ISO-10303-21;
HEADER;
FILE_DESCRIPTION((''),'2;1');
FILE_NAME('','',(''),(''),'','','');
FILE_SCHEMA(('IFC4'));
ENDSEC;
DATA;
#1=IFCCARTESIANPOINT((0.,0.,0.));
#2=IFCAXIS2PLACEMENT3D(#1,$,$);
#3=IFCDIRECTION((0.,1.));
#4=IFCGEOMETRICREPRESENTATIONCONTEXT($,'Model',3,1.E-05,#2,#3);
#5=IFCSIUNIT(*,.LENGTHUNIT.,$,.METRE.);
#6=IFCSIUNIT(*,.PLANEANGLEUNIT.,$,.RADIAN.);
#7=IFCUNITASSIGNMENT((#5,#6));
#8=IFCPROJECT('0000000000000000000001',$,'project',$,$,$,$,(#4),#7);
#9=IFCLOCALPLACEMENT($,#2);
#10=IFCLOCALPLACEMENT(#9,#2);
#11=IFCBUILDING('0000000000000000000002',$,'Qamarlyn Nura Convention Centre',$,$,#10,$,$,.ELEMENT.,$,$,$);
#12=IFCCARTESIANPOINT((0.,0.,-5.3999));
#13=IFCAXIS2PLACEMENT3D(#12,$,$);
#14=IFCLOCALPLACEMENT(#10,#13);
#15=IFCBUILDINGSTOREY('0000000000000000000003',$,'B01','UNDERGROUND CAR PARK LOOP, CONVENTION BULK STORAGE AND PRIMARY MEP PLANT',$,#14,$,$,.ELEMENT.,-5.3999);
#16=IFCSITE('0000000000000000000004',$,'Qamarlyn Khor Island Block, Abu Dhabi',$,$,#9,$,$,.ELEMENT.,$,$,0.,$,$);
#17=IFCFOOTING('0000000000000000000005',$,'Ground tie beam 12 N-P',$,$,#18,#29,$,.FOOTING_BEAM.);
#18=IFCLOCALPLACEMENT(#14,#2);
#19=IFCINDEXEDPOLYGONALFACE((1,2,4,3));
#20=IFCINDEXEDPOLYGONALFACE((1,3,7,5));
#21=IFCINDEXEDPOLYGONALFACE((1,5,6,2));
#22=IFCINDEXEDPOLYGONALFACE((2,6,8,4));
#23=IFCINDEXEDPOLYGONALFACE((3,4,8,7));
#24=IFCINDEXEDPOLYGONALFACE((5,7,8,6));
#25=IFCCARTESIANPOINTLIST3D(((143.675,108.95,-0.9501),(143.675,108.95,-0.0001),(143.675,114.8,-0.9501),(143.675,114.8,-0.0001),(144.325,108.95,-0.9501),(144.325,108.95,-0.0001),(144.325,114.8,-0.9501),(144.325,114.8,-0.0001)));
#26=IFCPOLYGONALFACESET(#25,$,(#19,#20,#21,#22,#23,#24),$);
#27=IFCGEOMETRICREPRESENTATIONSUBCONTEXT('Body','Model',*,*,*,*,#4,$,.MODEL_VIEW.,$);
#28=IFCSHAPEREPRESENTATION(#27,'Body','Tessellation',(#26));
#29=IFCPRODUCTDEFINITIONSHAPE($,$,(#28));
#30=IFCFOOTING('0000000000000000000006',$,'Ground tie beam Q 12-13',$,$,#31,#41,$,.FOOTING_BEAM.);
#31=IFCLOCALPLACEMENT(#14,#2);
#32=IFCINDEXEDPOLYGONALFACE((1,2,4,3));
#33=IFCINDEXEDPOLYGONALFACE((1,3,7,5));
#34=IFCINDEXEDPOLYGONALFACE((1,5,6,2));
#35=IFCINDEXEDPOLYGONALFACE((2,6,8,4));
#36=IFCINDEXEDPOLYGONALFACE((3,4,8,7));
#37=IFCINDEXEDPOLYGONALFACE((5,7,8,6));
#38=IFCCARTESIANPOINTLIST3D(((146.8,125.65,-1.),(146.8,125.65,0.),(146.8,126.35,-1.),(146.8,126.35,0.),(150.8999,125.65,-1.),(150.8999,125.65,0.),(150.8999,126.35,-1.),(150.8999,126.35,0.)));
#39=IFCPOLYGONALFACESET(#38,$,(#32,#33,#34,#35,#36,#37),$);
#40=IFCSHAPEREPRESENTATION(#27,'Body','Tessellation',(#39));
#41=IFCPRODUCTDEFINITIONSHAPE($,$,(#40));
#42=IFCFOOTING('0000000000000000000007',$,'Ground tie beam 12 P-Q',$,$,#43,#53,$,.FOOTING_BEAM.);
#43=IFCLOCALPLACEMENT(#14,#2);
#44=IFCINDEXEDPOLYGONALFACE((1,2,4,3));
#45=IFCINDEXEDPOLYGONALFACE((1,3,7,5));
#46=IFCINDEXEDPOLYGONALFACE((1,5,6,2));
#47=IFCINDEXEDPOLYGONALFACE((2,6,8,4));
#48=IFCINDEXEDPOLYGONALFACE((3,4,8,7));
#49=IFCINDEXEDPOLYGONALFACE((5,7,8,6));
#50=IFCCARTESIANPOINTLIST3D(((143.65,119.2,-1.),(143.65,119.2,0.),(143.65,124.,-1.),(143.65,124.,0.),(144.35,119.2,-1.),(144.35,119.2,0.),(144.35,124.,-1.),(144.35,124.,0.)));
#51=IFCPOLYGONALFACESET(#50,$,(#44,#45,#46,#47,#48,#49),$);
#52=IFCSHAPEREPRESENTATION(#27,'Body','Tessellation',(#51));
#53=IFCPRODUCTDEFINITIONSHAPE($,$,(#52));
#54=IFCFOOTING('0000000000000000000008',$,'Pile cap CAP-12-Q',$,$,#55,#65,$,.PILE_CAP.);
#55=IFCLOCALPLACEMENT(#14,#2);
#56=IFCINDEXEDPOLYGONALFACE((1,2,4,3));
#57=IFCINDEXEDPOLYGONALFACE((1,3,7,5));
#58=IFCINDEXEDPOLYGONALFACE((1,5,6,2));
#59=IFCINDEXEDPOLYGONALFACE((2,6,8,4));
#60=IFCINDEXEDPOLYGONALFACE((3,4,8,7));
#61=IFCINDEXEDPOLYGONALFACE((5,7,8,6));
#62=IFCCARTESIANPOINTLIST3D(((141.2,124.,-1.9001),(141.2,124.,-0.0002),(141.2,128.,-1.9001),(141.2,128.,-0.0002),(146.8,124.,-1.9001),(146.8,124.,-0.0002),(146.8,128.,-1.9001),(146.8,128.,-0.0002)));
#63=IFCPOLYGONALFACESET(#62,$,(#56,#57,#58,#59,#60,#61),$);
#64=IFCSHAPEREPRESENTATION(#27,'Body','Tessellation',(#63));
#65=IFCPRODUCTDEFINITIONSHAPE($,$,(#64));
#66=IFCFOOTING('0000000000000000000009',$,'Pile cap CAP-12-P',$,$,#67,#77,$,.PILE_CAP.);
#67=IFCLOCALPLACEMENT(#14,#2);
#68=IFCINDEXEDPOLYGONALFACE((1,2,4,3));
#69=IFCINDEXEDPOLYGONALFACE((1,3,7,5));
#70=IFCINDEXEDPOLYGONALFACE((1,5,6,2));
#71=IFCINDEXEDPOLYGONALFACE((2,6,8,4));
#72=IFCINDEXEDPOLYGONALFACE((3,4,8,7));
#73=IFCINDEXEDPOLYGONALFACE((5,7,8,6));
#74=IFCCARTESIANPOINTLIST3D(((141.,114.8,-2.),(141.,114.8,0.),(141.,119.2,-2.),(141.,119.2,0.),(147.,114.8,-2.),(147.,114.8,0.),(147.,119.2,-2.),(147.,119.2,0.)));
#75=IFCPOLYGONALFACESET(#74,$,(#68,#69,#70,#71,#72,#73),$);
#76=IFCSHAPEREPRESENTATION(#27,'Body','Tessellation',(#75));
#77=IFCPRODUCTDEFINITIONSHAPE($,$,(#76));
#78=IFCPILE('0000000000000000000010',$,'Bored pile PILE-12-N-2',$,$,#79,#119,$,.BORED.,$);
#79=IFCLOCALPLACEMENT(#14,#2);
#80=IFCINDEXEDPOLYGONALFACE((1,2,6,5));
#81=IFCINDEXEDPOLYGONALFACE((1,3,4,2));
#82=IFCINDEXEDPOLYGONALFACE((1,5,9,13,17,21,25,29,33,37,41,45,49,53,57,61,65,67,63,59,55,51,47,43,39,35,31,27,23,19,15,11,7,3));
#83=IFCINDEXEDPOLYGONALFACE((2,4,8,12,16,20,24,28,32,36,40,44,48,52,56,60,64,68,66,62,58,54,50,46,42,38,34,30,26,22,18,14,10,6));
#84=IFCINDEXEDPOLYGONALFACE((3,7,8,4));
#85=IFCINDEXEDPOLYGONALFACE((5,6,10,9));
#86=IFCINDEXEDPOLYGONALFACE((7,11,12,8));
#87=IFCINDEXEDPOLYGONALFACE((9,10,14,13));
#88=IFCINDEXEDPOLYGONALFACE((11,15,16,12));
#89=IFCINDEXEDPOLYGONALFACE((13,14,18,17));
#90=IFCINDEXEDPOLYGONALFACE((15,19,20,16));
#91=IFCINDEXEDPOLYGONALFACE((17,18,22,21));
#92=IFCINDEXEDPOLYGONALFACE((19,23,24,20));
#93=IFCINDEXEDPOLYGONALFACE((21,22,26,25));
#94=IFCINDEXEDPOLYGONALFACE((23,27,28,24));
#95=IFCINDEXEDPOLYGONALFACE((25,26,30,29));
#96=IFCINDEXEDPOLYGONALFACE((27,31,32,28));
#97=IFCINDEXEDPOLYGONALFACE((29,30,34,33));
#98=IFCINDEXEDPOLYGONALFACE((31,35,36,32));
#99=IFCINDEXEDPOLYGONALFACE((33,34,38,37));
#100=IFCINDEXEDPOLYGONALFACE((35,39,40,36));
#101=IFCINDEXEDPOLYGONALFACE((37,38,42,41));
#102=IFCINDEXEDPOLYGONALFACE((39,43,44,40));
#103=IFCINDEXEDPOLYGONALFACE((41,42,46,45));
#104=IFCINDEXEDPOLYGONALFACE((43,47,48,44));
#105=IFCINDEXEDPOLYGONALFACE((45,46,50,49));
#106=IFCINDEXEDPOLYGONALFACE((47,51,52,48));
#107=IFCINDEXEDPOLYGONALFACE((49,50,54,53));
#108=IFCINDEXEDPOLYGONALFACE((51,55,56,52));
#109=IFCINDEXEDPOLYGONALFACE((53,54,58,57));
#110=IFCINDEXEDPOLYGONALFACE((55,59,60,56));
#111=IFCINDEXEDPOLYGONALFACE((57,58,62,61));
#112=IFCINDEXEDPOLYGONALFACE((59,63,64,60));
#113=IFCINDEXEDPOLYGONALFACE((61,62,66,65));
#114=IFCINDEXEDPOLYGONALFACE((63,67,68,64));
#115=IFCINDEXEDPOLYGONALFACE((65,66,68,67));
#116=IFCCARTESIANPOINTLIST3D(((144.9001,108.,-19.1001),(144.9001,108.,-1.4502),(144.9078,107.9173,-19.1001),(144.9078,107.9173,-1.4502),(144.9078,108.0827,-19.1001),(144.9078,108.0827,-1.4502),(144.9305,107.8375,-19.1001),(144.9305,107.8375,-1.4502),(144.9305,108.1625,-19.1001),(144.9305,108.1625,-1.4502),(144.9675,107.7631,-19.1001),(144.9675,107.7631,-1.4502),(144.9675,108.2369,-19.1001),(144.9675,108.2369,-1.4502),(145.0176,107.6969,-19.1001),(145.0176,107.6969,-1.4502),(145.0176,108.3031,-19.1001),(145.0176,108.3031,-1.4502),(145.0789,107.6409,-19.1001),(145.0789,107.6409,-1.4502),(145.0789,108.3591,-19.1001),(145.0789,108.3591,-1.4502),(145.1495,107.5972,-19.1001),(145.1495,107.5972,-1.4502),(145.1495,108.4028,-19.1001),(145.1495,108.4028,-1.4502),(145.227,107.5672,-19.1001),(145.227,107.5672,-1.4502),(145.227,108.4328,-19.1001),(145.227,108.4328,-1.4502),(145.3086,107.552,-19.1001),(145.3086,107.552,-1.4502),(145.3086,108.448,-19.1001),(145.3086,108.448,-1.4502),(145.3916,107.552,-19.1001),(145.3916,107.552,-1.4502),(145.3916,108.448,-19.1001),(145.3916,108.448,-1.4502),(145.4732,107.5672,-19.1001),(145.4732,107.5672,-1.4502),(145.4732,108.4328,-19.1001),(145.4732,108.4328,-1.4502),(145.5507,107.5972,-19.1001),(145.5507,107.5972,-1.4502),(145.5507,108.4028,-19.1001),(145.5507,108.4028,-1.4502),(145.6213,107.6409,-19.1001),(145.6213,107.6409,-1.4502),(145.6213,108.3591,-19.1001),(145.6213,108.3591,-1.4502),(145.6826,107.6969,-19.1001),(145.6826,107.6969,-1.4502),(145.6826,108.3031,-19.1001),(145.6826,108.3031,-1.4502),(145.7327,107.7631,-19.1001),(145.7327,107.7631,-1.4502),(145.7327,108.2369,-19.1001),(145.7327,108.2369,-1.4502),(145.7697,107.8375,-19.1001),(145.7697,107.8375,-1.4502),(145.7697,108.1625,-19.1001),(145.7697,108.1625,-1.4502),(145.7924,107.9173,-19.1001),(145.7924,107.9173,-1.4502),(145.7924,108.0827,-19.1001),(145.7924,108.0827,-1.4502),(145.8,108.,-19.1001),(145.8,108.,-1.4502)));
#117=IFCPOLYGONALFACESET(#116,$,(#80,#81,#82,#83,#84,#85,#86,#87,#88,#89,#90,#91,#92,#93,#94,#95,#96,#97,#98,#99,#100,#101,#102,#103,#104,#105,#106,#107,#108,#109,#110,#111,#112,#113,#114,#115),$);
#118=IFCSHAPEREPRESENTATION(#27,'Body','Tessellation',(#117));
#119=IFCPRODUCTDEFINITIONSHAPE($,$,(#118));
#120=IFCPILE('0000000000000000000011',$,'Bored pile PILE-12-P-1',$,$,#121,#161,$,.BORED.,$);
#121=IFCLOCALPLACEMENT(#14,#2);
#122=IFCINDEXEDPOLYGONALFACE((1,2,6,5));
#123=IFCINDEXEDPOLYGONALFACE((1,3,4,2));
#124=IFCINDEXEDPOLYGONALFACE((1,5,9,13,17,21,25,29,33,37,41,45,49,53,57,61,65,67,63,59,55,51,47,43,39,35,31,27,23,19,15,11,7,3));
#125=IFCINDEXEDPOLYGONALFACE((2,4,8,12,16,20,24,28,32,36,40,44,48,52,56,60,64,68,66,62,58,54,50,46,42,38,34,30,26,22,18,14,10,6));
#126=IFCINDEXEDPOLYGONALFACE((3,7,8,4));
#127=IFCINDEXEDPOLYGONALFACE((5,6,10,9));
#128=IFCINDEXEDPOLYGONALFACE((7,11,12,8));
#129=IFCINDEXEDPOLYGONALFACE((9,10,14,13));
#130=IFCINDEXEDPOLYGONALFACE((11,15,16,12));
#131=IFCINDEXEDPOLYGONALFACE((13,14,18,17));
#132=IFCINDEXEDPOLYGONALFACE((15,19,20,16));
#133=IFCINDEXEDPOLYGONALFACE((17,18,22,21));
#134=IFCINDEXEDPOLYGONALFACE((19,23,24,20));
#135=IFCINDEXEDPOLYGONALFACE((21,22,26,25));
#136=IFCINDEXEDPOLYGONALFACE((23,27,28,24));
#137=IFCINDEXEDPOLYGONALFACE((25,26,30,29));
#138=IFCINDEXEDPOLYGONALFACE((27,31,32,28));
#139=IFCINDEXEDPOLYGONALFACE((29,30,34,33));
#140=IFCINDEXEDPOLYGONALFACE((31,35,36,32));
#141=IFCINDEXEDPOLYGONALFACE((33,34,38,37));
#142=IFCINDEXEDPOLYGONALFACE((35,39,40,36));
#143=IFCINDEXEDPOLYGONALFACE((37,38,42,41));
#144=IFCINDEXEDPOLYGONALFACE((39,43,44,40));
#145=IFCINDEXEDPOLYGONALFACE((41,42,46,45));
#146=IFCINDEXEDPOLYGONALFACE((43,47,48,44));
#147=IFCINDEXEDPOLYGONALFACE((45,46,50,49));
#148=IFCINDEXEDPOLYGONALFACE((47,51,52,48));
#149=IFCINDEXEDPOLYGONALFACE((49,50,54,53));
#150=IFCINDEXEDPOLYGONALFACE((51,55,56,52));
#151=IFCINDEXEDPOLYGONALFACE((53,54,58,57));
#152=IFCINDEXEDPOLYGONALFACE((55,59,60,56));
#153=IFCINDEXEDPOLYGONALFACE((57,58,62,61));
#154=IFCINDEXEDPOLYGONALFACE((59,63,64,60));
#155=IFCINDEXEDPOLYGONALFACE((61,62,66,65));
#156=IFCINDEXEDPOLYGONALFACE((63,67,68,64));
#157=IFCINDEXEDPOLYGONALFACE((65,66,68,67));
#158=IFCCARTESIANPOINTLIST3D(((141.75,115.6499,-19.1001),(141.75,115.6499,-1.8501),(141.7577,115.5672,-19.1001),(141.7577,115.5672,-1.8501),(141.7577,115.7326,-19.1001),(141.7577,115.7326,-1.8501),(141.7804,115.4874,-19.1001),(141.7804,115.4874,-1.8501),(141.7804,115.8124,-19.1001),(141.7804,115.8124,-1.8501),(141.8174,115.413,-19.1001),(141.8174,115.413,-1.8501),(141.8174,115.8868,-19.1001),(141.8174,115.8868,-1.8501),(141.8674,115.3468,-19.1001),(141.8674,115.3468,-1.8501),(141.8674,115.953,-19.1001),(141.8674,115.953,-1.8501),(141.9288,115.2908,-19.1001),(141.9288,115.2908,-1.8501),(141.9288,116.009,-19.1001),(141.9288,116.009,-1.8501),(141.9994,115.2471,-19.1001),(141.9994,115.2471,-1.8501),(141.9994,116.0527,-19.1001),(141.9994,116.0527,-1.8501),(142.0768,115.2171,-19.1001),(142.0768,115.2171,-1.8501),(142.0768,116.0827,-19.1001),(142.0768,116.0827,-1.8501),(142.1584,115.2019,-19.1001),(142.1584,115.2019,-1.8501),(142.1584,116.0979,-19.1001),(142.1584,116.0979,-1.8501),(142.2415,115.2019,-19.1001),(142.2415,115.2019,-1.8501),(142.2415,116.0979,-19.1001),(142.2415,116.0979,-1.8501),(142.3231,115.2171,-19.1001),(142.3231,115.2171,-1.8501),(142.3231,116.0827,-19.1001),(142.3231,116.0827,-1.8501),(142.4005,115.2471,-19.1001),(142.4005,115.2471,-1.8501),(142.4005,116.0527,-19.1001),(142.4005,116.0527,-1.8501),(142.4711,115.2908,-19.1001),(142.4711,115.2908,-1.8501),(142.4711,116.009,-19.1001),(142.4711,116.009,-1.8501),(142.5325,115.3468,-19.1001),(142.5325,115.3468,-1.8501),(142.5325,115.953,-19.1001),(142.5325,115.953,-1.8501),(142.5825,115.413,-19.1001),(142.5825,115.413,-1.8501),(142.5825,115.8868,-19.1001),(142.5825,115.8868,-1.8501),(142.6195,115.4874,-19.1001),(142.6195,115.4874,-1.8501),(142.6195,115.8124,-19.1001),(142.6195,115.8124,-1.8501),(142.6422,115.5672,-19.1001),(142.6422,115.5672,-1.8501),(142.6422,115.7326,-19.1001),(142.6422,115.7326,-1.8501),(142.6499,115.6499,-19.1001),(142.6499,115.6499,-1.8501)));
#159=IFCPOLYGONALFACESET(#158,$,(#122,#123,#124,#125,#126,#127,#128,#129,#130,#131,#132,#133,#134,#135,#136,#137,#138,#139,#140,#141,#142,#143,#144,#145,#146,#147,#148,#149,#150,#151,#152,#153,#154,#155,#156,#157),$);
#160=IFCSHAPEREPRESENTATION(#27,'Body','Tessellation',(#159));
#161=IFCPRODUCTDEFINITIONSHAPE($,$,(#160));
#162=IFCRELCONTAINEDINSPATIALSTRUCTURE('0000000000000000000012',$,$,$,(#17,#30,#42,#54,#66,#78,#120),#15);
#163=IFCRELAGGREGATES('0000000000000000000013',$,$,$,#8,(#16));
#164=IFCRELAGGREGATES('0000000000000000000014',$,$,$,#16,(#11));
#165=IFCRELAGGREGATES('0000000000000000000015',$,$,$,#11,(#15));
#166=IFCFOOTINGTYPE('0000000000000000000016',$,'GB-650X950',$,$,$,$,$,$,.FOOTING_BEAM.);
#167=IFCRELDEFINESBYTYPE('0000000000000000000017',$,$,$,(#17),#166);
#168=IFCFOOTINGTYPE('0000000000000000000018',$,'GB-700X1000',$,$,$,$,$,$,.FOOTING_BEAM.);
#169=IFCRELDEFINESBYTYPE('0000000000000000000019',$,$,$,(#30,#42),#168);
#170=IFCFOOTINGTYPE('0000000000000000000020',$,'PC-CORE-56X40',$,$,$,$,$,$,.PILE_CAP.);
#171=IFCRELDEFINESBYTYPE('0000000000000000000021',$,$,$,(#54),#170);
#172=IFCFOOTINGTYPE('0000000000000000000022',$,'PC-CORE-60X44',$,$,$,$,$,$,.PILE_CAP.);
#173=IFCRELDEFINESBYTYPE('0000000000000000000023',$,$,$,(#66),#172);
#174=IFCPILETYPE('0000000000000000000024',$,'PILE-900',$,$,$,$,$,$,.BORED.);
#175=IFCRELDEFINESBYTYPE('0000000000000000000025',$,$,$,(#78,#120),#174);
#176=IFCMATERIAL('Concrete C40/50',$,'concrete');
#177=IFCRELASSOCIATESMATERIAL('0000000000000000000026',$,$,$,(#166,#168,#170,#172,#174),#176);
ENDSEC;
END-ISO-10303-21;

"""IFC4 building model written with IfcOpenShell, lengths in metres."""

from ifc_helpers import new_model, si_unit, direction, frame, origin, origin_2d, place, context, subcontext, project, spatial, rectangle, circle, extrude, material, material_profile, profile_set, type_object, element, save


model = new_model("IFC4")

# Units and contexts
model_context = context("Model", 3, precision=1e-05, world=origin(), true_north=direction((0.0, 1.0)))
body_context = subcontext(model_context, "Body", "Model", "MODEL_VIEW")
ifc_project = project(units=[si_unit("LENGTHUNIT", "METRE"), si_unit("PLANEANGLEUNIT", "RADIAN")], contexts=[model_context])

# Site, building, storey
site_placement = place(None, origin())
site = spatial("IfcSite", under=ifc_project, at=site_placement, Name="Qamarlyn Khor Island Block, Abu Dhabi", CompositionType="ELEMENT", RefElevation=0.0)
building_placement = place(site_placement, origin())
building = spatial("IfcBuilding", under=site, at=building_placement, Name="Qamarlyn Nura Convention Centre", CompositionType="ELEMENT")
storey_placement = place(building_placement, frame((0.0, 0.0, -5.3999)))
storey = spatial("IfcBuildingStorey", under=building, at=storey_placement, Name="B01", Description="UNDERGROUND CAR PARK LOOP, CONVENTION BULK STORAGE AND PRIMARY MEP PLANT", CompositionType="ELEMENT", Elevation=-5.3999)

# Footings
ifc_material_1 = material(Name="Concrete C40/50", Category="concrete")
ifc_material_profile_1 = material_profile(ifc_material_1, rectangle(XDim=0.6499, YDim=0.95, at=origin_2d()), Name="RC GB 650x950")
ifc_profile_set_1 = profile_set([ifc_material_profile_1], Name="Concrete C40/50")
footing_type_1 = type_object("IfcFootingType", Name="GB-650X950", PredefinedType="FOOTING_BEAM", material=ifc_profile_set_1)
footing_1_placement = place(storey_placement, frame((144.0, 108.95, -0.4751), z_axis=(0.0, 1.0, 0.0), x_axis=(-1.0, 0.0, 0.0)))
element("IfcFooting", 1, at=footing_1_placement, inside=storey, type_object=footing_type_1, Name="Ground tie beam 12 N-P", PredefinedType="FOOTING_BEAM", context=body_context, shape_type="SweptSolid", body=[
    extrude(rectangle(XDim=0.6499, YDim=0.95, at=origin_2d()), origin(), (0.0, 0.0, 1.0), 5.8501),
])
ifc_material_profile_2 = material_profile(ifc_material_1, rectangle(XDim=0.7, YDim=1.0, at=origin_2d()), Name="RC GB 700x1000")
ifc_profile_set_2 = profile_set([ifc_material_profile_2], Name="Concrete C40/50")
footing_type_2 = type_object("IfcFootingType", Name="GB-700X1000", PredefinedType="FOOTING_BEAM", material=ifc_profile_set_2)
footing_2_placement = place(storey_placement, frame((146.8, 126.0, -0.5), z_axis=(1.0, 0.0, 0.0), x_axis=(0.0, 1.0, 0.0)))
element("IfcFooting", 2, at=footing_2_placement, inside=storey, type_object=footing_type_2, Name="Ground tie beam Q 12-13", PredefinedType="FOOTING_BEAM", context=body_context, shape_type="SweptSolid", body=[
    extrude(rectangle(XDim=0.7, YDim=1.0, at=origin_2d()), origin(), (0.0, 0.0, 1.0), 4.0999),
])
footing_3_placement = place(storey_placement, frame((144.0, 119.2, -0.5), z_axis=(0.0, 1.0, 0.0), x_axis=(-1.0, 0.0, 0.0)))
element("IfcFooting", 3, at=footing_3_placement, inside=storey, type_object=footing_type_2, Name="Ground tie beam 12 P-Q", PredefinedType="FOOTING_BEAM", context=body_context, shape_type="SweptSolid", body=[
    extrude(rectangle(XDim=0.7, YDim=1.0, at=origin_2d()), origin(), (0.0, 0.0, 1.0), 4.8),
])
footing_type_3 = type_object("IfcFootingType", Name="PC-CORE-56X40", PredefinedType="PILE_CAP", material=ifc_material_1)
footing_4_placement = place(storey_placement, frame((144.0, 126.0, -1.9001), z_axis=(0.0, 0.0, 1.0), x_axis=(1.0, 0.0, 0.0)))
element("IfcFooting", 4, at=footing_4_placement, inside=storey, type_object=footing_type_3, Name="Pile cap CAP-12-Q", PredefinedType="PILE_CAP", context=body_context, shape_type="SweptSolid", body=[
    extrude(rectangle(XDim=5.6001, YDim=4.0, at=origin_2d()), origin(), (0.0, 0.0, 1.0), 1.8999),
])
footing_type_4 = type_object("IfcFootingType", Name="PC-CORE-60X44", PredefinedType="PILE_CAP", material=ifc_material_1)
footing_5_placement = place(storey_placement, frame((144.0, 117.0, -2.0), z_axis=(0.0, 0.0, 1.0), x_axis=(1.0, 0.0, 0.0)))
element("IfcFooting", 5, at=footing_5_placement, inside=storey, type_object=footing_type_4, Name="Pile cap CAP-12-P", PredefinedType="PILE_CAP", context=body_context, shape_type="SweptSolid", body=[
    extrude(rectangle(XDim=6.0, YDim=4.3999, at=origin_2d()), origin(), (0.0, 0.0, 1.0), 2.0),
])

# Piles
ifc_material_profile_3 = material_profile(ifc_material_1, circle(Radius=0.45, at=origin_2d()), Name="BORED PILE 900")
ifc_profile_set_3 = profile_set([ifc_material_profile_3], Name="Concrete C40/50")
pile_type = type_object("IfcPileType", Name="PILE-900", PredefinedType="BORED", material=ifc_profile_set_3)
pile_placement = place(storey_placement, frame((145.3501, 108.0, -1.4502), z_axis=(0.0, 0.0, -1.0), x_axis=(1.0, 0.0, 0.0)))
element("IfcPile", 6, at=pile_placement, inside=storey, type_object=pile_type, Name="Bored pile PILE-12-N-2", PredefinedType="BORED", context=body_context, shape_type="SweptSolid", body=[
    extrude(circle(Radius=0.45, at=origin_2d()), origin(), (0.0, 0.0, 1.0), 17.6499),
])
for number, where, z_axis, x_axis, name in (
    (7, (142.2, 115.6499, -1.8501), (0.0, 0.0, -1.0), (1.0, 0.0, 0.0), "Bored pile PILE-12-P-1"),
):
    element("IfcPile", number, at=place(storey_placement, frame(where, z_axis=z_axis, x_axis=x_axis)), inside=storey, type_object=pile_type, Name=name, PredefinedType="BORED", context=body_context, shape_type="SweptSolid", body=[
        extrude(circle(Radius=0.45, at=origin_2d()), origin(), (0.0, 0.0, 1.0), 17.25),
    ])

save(model, "model.ifc")
